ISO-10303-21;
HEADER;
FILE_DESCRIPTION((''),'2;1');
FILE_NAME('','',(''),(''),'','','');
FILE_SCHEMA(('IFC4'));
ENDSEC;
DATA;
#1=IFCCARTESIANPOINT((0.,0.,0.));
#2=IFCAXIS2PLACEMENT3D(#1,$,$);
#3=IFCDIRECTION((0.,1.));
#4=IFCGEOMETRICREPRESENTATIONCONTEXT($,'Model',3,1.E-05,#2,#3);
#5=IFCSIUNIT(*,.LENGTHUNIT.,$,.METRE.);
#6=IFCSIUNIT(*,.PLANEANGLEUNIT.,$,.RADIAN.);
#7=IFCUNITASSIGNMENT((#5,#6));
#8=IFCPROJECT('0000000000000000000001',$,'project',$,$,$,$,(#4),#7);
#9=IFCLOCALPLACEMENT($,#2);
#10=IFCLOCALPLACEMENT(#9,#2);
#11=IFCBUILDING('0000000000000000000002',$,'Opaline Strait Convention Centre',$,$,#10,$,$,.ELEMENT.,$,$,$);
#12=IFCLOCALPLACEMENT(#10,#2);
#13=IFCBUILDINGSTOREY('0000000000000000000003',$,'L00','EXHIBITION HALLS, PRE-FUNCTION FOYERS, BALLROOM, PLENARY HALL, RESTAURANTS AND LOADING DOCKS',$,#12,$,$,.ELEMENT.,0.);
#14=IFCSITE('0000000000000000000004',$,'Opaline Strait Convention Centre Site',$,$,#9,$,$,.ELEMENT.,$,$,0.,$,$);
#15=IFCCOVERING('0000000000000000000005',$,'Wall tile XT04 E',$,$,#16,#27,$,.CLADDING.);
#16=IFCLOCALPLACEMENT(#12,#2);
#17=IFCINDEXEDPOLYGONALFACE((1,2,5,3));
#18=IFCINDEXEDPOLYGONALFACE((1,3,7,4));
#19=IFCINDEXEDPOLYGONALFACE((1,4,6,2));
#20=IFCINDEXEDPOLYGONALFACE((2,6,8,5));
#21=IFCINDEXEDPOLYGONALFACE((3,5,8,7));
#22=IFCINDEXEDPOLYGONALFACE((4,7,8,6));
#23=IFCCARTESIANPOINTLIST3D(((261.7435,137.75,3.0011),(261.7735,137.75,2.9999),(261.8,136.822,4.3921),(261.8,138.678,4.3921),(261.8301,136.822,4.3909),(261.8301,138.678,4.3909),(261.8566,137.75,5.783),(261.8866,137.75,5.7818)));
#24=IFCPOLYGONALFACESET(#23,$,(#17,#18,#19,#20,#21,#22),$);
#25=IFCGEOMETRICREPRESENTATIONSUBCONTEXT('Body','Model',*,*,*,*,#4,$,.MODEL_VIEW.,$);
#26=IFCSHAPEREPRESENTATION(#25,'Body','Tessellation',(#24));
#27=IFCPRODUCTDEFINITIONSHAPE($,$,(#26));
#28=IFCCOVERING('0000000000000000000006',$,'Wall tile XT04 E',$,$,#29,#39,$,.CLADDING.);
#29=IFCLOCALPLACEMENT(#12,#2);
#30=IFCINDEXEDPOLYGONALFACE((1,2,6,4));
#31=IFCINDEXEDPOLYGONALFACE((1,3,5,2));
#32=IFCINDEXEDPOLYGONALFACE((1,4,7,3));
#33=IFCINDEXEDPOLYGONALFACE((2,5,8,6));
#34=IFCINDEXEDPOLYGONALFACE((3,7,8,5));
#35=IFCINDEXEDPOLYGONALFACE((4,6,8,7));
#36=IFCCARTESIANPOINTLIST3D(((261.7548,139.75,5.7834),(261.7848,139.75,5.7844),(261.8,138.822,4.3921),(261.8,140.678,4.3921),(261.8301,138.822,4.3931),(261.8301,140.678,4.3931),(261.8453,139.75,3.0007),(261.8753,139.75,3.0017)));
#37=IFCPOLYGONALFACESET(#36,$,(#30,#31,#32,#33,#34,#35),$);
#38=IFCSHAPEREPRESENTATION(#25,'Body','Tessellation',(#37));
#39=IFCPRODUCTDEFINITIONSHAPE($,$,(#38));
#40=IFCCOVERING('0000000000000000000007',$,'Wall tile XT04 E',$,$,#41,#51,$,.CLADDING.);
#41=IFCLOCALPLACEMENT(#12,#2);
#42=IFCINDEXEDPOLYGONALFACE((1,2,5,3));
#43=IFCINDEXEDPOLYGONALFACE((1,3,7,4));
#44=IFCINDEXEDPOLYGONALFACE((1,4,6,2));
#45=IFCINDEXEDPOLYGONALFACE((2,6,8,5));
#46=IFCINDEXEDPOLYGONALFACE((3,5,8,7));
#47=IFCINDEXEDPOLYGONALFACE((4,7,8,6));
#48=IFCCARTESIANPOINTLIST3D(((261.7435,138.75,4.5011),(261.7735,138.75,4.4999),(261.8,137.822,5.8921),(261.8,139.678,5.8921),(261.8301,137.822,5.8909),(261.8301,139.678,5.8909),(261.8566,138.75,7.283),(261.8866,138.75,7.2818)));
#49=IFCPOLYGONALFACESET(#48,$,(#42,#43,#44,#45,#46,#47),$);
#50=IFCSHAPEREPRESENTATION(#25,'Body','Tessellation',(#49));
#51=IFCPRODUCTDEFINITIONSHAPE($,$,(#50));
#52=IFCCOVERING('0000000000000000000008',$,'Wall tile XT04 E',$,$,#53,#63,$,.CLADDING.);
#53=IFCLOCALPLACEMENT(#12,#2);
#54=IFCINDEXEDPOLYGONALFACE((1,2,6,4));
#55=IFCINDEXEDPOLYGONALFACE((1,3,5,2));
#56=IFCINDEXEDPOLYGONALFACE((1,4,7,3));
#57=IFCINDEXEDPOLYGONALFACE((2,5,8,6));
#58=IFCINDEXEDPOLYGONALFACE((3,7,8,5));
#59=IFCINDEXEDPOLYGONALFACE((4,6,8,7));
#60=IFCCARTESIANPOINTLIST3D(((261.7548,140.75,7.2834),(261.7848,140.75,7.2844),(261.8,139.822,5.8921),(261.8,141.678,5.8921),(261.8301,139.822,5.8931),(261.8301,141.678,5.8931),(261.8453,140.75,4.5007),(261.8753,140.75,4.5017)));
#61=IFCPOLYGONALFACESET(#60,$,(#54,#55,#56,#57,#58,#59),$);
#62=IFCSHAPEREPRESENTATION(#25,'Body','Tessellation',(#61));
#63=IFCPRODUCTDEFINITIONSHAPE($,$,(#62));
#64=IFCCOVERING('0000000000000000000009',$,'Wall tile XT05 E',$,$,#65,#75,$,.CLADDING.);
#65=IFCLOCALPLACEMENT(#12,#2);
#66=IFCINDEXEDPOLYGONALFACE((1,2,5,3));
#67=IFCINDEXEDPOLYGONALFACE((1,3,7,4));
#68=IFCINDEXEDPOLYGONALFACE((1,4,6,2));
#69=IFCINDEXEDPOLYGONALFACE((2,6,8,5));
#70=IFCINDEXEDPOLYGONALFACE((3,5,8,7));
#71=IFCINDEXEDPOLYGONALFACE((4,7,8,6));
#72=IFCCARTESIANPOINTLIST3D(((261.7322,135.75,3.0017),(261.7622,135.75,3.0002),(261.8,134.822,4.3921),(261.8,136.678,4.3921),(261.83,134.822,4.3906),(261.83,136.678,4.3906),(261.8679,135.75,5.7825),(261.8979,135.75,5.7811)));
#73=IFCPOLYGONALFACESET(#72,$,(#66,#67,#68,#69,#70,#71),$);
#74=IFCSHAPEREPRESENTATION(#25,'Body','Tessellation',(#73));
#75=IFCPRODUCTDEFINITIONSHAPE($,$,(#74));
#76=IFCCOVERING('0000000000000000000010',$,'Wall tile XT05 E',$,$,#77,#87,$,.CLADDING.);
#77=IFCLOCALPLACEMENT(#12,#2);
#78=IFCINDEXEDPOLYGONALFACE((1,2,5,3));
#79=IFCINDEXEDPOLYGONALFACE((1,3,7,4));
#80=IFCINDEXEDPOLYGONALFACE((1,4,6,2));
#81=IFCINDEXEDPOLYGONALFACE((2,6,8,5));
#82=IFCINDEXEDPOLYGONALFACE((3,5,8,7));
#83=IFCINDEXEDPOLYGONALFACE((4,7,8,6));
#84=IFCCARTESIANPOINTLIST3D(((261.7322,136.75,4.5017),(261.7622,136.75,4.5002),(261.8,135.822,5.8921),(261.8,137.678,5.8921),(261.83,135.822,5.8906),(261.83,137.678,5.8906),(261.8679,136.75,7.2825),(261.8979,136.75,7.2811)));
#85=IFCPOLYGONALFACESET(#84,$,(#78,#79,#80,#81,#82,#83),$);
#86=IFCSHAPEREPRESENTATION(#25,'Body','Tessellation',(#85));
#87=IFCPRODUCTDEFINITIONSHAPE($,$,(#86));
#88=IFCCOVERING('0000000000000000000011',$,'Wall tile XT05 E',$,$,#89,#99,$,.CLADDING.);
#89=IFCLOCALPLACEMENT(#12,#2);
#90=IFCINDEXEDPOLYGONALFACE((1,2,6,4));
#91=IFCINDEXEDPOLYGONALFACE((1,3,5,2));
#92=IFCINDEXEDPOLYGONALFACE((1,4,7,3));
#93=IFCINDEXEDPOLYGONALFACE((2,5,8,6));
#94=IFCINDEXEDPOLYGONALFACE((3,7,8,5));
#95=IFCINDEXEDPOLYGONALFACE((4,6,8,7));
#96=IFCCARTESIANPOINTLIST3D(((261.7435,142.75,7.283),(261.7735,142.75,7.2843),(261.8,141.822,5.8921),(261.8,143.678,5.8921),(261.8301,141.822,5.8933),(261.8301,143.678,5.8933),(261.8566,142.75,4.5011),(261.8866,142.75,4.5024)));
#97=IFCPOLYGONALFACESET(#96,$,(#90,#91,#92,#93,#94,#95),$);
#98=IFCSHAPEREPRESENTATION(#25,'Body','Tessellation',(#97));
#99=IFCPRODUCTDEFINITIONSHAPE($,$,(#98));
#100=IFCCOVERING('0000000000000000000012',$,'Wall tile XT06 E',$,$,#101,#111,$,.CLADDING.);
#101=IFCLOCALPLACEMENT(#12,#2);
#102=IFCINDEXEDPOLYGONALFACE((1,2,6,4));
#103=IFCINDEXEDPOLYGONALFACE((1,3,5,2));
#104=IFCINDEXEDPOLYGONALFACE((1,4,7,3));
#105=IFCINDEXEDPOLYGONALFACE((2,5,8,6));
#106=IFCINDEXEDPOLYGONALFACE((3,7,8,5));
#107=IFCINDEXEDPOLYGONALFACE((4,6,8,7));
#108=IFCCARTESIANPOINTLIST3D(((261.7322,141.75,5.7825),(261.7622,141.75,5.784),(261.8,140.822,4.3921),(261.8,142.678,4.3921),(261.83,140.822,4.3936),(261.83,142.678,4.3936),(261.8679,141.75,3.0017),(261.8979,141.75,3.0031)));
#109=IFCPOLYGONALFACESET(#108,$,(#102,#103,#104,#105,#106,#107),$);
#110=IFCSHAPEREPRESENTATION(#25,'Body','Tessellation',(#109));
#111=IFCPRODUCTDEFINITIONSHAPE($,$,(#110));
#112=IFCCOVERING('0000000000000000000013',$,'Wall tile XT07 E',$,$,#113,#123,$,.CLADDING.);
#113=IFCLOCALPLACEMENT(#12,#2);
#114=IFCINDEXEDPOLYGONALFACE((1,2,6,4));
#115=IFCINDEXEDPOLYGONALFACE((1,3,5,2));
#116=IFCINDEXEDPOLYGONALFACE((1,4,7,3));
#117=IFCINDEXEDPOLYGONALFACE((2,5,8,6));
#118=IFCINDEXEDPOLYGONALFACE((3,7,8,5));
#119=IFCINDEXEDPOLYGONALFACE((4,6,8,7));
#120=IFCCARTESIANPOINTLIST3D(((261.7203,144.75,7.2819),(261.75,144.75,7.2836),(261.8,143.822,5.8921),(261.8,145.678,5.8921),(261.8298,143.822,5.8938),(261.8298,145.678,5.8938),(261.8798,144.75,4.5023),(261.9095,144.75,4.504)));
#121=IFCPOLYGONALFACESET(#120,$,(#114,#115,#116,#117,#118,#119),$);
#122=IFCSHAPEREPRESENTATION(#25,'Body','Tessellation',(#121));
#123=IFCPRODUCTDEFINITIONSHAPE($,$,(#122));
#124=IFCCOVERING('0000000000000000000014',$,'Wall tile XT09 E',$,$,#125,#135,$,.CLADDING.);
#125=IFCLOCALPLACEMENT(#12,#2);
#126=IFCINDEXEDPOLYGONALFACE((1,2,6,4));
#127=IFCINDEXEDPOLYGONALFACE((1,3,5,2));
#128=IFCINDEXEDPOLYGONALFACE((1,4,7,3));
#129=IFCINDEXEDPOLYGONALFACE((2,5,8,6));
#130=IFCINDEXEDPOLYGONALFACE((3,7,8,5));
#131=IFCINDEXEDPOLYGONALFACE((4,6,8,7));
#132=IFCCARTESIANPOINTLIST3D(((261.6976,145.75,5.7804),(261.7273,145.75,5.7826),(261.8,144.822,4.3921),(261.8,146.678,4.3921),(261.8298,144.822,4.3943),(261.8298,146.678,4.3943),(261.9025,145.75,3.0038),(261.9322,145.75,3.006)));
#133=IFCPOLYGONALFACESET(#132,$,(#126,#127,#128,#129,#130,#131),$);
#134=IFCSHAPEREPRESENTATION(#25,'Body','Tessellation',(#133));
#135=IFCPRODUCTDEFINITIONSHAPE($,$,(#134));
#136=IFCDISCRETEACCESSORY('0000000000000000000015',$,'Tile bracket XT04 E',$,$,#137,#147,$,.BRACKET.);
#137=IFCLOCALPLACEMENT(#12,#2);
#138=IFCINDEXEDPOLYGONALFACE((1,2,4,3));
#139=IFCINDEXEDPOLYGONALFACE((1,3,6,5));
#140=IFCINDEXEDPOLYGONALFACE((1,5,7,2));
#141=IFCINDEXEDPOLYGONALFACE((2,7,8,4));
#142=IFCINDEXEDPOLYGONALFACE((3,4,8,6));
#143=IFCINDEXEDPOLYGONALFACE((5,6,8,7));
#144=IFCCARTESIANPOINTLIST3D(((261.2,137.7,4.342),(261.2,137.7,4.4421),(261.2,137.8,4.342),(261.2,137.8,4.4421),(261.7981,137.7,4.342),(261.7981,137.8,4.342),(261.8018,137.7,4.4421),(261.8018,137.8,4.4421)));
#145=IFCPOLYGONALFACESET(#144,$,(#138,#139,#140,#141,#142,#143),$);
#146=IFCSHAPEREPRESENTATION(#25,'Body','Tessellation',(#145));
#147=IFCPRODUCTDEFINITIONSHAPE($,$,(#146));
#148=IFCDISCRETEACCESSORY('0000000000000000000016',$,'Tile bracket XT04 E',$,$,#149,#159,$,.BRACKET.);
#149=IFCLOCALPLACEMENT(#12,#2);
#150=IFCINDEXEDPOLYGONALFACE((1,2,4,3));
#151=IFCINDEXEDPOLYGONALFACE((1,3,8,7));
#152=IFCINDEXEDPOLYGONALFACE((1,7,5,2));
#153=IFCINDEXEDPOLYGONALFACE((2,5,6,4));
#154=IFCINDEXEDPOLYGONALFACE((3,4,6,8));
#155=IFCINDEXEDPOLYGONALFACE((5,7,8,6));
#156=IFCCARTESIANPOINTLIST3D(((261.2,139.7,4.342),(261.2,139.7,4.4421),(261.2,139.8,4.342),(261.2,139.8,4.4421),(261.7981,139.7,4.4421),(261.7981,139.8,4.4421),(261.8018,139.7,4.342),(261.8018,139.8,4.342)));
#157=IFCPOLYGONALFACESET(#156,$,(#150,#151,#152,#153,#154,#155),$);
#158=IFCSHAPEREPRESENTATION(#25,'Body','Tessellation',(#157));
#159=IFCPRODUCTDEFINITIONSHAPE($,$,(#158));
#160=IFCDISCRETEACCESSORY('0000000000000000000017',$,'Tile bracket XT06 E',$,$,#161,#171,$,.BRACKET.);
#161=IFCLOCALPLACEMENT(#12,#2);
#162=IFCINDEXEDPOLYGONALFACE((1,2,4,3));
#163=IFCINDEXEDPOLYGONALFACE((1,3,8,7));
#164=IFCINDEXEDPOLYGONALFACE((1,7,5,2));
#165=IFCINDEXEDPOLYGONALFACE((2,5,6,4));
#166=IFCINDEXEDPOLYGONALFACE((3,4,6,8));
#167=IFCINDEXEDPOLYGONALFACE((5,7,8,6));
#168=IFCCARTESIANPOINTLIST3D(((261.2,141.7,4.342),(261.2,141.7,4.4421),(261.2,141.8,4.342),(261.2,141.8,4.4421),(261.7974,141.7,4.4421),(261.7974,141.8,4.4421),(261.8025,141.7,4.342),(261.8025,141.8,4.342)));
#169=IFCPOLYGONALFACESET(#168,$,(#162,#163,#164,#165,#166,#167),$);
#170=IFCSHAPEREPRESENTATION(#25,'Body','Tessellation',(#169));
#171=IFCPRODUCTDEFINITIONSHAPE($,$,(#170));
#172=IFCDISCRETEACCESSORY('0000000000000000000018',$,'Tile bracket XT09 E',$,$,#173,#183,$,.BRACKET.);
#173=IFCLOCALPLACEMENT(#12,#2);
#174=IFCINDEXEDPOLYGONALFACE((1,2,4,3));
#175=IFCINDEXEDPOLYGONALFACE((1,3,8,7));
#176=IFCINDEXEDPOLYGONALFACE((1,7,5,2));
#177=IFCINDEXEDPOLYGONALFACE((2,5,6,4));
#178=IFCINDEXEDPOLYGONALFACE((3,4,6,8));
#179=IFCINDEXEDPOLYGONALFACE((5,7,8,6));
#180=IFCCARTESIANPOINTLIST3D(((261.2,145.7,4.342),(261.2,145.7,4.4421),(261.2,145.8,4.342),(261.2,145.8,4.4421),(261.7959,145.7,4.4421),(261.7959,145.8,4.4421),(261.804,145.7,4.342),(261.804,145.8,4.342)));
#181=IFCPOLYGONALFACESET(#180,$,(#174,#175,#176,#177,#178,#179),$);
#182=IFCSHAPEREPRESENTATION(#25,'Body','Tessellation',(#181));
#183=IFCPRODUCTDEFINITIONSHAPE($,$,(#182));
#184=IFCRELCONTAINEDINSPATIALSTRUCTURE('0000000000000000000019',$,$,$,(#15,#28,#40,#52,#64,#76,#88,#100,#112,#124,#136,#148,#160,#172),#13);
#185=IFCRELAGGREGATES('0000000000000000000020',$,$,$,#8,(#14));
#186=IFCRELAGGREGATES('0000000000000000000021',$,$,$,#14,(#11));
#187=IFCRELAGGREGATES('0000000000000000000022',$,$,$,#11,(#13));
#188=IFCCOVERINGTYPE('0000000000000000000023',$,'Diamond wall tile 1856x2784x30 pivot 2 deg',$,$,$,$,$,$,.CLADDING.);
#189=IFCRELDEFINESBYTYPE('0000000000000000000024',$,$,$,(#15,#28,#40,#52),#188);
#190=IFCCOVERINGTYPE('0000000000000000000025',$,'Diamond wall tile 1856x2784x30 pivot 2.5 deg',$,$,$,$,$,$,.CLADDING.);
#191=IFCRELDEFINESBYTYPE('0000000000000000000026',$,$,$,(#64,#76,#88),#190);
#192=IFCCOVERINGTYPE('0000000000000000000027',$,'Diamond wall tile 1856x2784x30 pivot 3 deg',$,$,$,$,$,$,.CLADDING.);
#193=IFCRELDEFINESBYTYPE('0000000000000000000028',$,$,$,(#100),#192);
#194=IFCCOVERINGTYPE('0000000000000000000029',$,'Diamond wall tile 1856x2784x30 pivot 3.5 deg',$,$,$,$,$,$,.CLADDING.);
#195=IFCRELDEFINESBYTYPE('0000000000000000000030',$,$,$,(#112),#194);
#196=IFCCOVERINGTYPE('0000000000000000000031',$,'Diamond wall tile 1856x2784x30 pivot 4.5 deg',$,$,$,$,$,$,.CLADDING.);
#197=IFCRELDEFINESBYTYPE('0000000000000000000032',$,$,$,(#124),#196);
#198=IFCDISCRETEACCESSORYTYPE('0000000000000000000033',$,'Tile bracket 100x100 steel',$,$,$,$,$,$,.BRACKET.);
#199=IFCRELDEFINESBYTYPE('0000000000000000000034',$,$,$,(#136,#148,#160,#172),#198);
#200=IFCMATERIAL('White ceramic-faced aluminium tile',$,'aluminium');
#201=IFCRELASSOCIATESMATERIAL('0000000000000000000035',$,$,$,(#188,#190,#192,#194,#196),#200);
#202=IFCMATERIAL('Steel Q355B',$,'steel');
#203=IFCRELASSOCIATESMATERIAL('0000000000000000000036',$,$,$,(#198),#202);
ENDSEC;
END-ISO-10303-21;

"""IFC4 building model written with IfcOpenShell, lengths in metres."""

from ifc_helpers import new_model, si_unit, direction, frame, origin, place, context, subcontext, project, spatial, polyline, outline, extrude, material, material_profile, profile_set, type_object, element, save


model = new_model("IFC4")

# Units and contexts
model_context = context("Model", 3, precision=1e-05, world=origin(), true_north=direction((0.0, 1.0)))
body_context = subcontext(model_context, "Body", "Model", "MODEL_VIEW")
ifc_project = project(units=[si_unit("LENGTHUNIT", "METRE"), si_unit("PLANEANGLEUNIT", "RADIAN")], contexts=[model_context])

# Site, building, storey
site_placement = place(None, origin())
site = spatial("IfcSite", under=ifc_project, at=site_placement, Name="Opaline Strait Convention Centre Site", CompositionType="ELEMENT", RefElevation=0.0)
building_placement = place(site_placement, origin())
building = spatial("IfcBuilding", under=site, at=building_placement, Name="Opaline Strait Convention Centre", CompositionType="ELEMENT")
storey_placement = place(building_placement, origin())
storey = spatial("IfcBuildingStorey", under=building, at=storey_placement, Name="L00", Description="EXHIBITION HALLS, PRE-FUNCTION FOYERS, BALLROOM, PLENARY HALL, RESTAURANTS AND LOADING DOCKS", CompositionType="ELEMENT", Elevation=0.0)

# Shared definitions
ifc_material_1 = material(Name="Steel Q355B", Category="steel")

# Coverings
ifc_material_2 = material(Name="White ceramic-faced aluminium tile", Category="aluminium")
ifc_material_profile_1 = material_profile(ifc_material_2, outline(polyline([(0.928, 0.0), (0.0, 1.3921), (-0.928, 0.0), (0.0, -1.3921), (0.928, 0.0)])), Name="Diamond tile 1856x2784")
ifc_profile_set_1 = profile_set([ifc_material_profile_1], Name="White ceramic-faced aluminium tile")
covering_type_1 = type_object("IfcCoveringType", Name="Diamond wall tile 1856x2784x30 pivot 2 deg", PredefinedType="CLADDING", material=ifc_profile_set_1)
for number, where, z_axis, x_axis, name in (
    (1, (261.8, 137.75, 4.3921), (0.999175, 0.0, -0.040617), (0.0, 1.0, 0.0), "Wall tile XT04 E"),
    (2, (261.8, 139.75, 4.3921), (0.999472, 0.0, 0.032503), (0.0, 1.0, 0.0), "Wall tile XT04 E"),
    (3, (261.8, 138.75, 5.8921), (0.999175, 0.0, -0.040617), (0.0, 1.0, 0.0), "Wall tile XT04 E"),
    (4, (261.8, 140.75, 5.8921), (0.999472, 0.0, 0.032503), (0.0, 1.0, 0.0), "Wall tile XT04 E"),
):
    element("IfcCovering", number, at=place(storey_placement, frame(where, z_axis=z_axis, x_axis=x_axis)), inside=storey, type_object=covering_type_1, Name=name, PredefinedType="CLADDING", context=body_context, shape_type="SweptSolid", body=[
        extrude(outline(polyline([(0.928, 0.0), (0.0, 1.3921), (-0.928, 0.0), (0.0, -1.3921), (0.928, 0.0)])), origin(), (0.0, 0.0, 1.0), 0.03),
    ])
ifc_material_profile_2 = material_profile(ifc_material_2, outline(polyline([(0.928, 0.0), (0.0, 1.3921), (-0.928, 0.0), (0.0, -1.3921), (0.928, 0.0)])), Name="Diamond tile 1856x2784")
ifc_profile_set_2 = profile_set([ifc_material_profile_2], Name="White ceramic-faced aluminium tile")
covering_type_2 = type_object("IfcCoveringType", Name="Diamond wall tile 1856x2784x30 pivot 2.5 deg", PredefinedType="CLADDING", material=ifc_profile_set_2)
for number, where, z_axis, x_axis, name in (
    (5, (261.8, 135.75, 4.3921), (0.998812, 0.0, -0.048723), (0.0, 1.0, 0.0), "Wall tile XT05 E"),
    (6, (261.8, 136.75, 5.8921), (0.998812, 0.0, -0.048723), (0.0, 1.0, 0.0), "Wall tile XT05 E"),
    (7, (261.8, 142.75, 5.8921), (0.999175, 0.0, 0.040617), (0.0, 1.0, 0.0), "Wall tile XT05 E"),
):
    element("IfcCovering", number, at=place(storey_placement, frame(where, z_axis=z_axis, x_axis=x_axis)), inside=storey, type_object=covering_type_2, Name=name, PredefinedType="CLADDING", context=body_context, shape_type="SweptSolid", body=[
        extrude(outline(polyline([(0.928, 0.0), (0.0, 1.3921), (-0.928, 0.0), (0.0, -1.3921), (0.928, 0.0)])), origin(), (0.0, 0.0, 1.0), 0.03),
    ])
ifc_material_profile_3 = material_profile(ifc_material_2, outline(polyline([(0.928, 0.0), (0.0, 1.3921), (-0.928, 0.0), (0.0, -1.3921), (0.928, 0.0)])), Name="Diamond tile 1856x2784")
ifc_profile_set_3 = profile_set([ifc_material_profile_3], Name="White ceramic-faced aluminium tile")
covering_type_3 = type_object("IfcCoveringType", Name="Diamond wall tile 1856x2784x30 pivot 3 deg", PredefinedType="CLADDING", material=ifc_profile_set_3)
covering_1_placement = place(storey_placement, frame((261.8, 141.75, 4.3921), z_axis=(0.998812, 0.0, 0.048723), x_axis=(0.0, 1.0, 0.0)))
element("IfcCovering", 8, at=covering_1_placement, inside=storey, type_object=covering_type_3, Name="Wall tile XT06 E", PredefinedType="CLADDING", context=body_context, shape_type="SweptSolid", body=[
    extrude(outline(polyline([(0.928, 0.0), (0.0, 1.3921), (-0.928, 0.0), (0.0, -1.3921), (0.928, 0.0)])), origin(), (0.0, 0.0, 1.0), 0.03),
])
ifc_material_profile_4 = material_profile(ifc_material_2, outline(polyline([(0.928, 0.0), (0.0, 1.3921), (-0.928, 0.0), (0.0, -1.3921), (0.928, 0.0)])), Name="Diamond tile 1856x2784")
ifc_profile_set_4 = profile_set([ifc_material_profile_4], Name="White ceramic-faced aluminium tile")
covering_type_4 = type_object("IfcCoveringType", Name="Diamond wall tile 1856x2784x30 pivot 3.5 deg", PredefinedType="CLADDING", material=ifc_profile_set_4)
covering_2_placement = place(storey_placement, frame((261.8, 144.75, 5.8921), z_axis=(0.998358, 0.0, 0.057283), x_axis=(0.0, 1.0, 0.0)))
element("IfcCovering", 9, at=covering_2_placement, inside=storey, type_object=covering_type_4, Name="Wall tile XT07 E", PredefinedType="CLADDING", context=body_context, shape_type="SweptSolid", body=[
    extrude(outline(polyline([(0.928, 0.0), (0.0, 1.3921), (-0.928, 0.0), (0.0, -1.3921), (0.928, 0.0)])), origin(), (0.0, 0.0, 1.0), 0.0298),
])
ifc_material_profile_5 = material_profile(ifc_material_2, outline(polyline([(0.928, 0.0), (0.0, 1.3921), (-0.928, 0.0), (0.0, -1.3921), (0.928, 0.0)])), Name="Diamond tile 1856x2784")
ifc_profile_set_5 = profile_set([ifc_material_profile_5], Name="White ceramic-faced aluminium tile")
covering_type_5 = type_object("IfcCoveringType", Name="Diamond wall tile 1856x2784x30 pivot 4.5 deg", PredefinedType="CLADDING", material=ifc_profile_set_5)
covering_3_placement = place(storey_placement, frame((261.8, 145.75, 4.3921), z_axis=(0.99729, 0.0, 0.073571), x_axis=(0.0, 1.0, 0.0)))
element("IfcCovering", 10, at=covering_3_placement, inside=storey, type_object=covering_type_5, Name="Wall tile XT09 E", PredefinedType="CLADDING", context=body_context, shape_type="SweptSolid", body=[
    extrude(outline(polyline([(0.928, 0.0), (0.0, 1.3921), (-0.928, 0.0), (0.0, -1.3921), (0.928, 0.0)])), origin(), (0.0, 0.0, 1.0), 0.0298),
])

# Discrete accessories
discrete_accessory_type = type_object("IfcDiscreteAccessoryType", Name="Tile bracket 100x100 steel", PredefinedType="BRACKET", material=ifc_material_1)
discrete_accessory_1_placement = place(storey_placement, frame((261.2, 137.7, 4.3921), z_axis=(0.0, 1.0, 0.0), x_axis=(-1.0, 0.0, 0.0)))
element("IfcDiscreteAccessory", 11, at=discrete_accessory_1_placement, inside=storey, type_object=discrete_accessory_type, Name="Tile bracket XT04 E", PredefinedType="BRACKET", context=body_context, shape_type="SweptSolid", body=[
    extrude(outline(polyline([(0.0, -0.05), (0.0, 0.05), (-0.6018, 0.05), (-0.5981, -0.05), (0.0, -0.05)])), origin(), (0.0, 0.0, 1.0), 0.1001),
])
discrete_accessory_2_placement = place(storey_placement, frame((261.2, 139.7, 4.3921), z_axis=(0.0, 1.0, 0.0), x_axis=(-1.0, 0.0, 0.0)))
element("IfcDiscreteAccessory", 12, at=discrete_accessory_2_placement, inside=storey, type_object=discrete_accessory_type, Name="Tile bracket XT04 E", PredefinedType="BRACKET", context=body_context, shape_type="SweptSolid", body=[
    extrude(outline(polyline([(0.0, -0.05), (0.0, 0.05), (-0.5981, 0.05), (-0.6018, -0.05), (0.0, -0.05)])), origin(), (0.0, 0.0, 1.0), 0.1001),
])
discrete_accessory_3_placement = place(storey_placement, frame((261.2, 141.7, 4.3921), z_axis=(0.0, 1.0, 0.0), x_axis=(-1.0, 0.0, 0.0)))
element("IfcDiscreteAccessory", 13, at=discrete_accessory_3_placement, inside=storey, type_object=discrete_accessory_type, Name="Tile bracket XT06 E", PredefinedType="BRACKET", context=body_context, shape_type="SweptSolid", body=[
    extrude(outline(polyline([(0.0, -0.05), (0.0, 0.05), (-0.5974, 0.05), (-0.6025, -0.05), (0.0, -0.05)])), origin(), (0.0, 0.0, 1.0), 0.1001),
])
discrete_accessory_4_placement = place(storey_placement, frame((261.2, 145.7, 4.3921), z_axis=(0.0, 1.0, 0.0), x_axis=(-1.0, 0.0, 0.0)))
element("IfcDiscreteAccessory", 14, at=discrete_accessory_4_placement, inside=storey, type_object=discrete_accessory_type, Name="Tile bracket XT09 E", PredefinedType="BRACKET", context=body_context, shape_type="SweptSolid", body=[
    extrude(outline(polyline([(0.0, -0.05), (0.0, 0.05), (-0.5959, 0.05), (-0.604, -0.05), (0.0, -0.05)])), origin(), (0.0, 0.0, 1.0), 0.1001),
])

save(model, "model.ifc")
